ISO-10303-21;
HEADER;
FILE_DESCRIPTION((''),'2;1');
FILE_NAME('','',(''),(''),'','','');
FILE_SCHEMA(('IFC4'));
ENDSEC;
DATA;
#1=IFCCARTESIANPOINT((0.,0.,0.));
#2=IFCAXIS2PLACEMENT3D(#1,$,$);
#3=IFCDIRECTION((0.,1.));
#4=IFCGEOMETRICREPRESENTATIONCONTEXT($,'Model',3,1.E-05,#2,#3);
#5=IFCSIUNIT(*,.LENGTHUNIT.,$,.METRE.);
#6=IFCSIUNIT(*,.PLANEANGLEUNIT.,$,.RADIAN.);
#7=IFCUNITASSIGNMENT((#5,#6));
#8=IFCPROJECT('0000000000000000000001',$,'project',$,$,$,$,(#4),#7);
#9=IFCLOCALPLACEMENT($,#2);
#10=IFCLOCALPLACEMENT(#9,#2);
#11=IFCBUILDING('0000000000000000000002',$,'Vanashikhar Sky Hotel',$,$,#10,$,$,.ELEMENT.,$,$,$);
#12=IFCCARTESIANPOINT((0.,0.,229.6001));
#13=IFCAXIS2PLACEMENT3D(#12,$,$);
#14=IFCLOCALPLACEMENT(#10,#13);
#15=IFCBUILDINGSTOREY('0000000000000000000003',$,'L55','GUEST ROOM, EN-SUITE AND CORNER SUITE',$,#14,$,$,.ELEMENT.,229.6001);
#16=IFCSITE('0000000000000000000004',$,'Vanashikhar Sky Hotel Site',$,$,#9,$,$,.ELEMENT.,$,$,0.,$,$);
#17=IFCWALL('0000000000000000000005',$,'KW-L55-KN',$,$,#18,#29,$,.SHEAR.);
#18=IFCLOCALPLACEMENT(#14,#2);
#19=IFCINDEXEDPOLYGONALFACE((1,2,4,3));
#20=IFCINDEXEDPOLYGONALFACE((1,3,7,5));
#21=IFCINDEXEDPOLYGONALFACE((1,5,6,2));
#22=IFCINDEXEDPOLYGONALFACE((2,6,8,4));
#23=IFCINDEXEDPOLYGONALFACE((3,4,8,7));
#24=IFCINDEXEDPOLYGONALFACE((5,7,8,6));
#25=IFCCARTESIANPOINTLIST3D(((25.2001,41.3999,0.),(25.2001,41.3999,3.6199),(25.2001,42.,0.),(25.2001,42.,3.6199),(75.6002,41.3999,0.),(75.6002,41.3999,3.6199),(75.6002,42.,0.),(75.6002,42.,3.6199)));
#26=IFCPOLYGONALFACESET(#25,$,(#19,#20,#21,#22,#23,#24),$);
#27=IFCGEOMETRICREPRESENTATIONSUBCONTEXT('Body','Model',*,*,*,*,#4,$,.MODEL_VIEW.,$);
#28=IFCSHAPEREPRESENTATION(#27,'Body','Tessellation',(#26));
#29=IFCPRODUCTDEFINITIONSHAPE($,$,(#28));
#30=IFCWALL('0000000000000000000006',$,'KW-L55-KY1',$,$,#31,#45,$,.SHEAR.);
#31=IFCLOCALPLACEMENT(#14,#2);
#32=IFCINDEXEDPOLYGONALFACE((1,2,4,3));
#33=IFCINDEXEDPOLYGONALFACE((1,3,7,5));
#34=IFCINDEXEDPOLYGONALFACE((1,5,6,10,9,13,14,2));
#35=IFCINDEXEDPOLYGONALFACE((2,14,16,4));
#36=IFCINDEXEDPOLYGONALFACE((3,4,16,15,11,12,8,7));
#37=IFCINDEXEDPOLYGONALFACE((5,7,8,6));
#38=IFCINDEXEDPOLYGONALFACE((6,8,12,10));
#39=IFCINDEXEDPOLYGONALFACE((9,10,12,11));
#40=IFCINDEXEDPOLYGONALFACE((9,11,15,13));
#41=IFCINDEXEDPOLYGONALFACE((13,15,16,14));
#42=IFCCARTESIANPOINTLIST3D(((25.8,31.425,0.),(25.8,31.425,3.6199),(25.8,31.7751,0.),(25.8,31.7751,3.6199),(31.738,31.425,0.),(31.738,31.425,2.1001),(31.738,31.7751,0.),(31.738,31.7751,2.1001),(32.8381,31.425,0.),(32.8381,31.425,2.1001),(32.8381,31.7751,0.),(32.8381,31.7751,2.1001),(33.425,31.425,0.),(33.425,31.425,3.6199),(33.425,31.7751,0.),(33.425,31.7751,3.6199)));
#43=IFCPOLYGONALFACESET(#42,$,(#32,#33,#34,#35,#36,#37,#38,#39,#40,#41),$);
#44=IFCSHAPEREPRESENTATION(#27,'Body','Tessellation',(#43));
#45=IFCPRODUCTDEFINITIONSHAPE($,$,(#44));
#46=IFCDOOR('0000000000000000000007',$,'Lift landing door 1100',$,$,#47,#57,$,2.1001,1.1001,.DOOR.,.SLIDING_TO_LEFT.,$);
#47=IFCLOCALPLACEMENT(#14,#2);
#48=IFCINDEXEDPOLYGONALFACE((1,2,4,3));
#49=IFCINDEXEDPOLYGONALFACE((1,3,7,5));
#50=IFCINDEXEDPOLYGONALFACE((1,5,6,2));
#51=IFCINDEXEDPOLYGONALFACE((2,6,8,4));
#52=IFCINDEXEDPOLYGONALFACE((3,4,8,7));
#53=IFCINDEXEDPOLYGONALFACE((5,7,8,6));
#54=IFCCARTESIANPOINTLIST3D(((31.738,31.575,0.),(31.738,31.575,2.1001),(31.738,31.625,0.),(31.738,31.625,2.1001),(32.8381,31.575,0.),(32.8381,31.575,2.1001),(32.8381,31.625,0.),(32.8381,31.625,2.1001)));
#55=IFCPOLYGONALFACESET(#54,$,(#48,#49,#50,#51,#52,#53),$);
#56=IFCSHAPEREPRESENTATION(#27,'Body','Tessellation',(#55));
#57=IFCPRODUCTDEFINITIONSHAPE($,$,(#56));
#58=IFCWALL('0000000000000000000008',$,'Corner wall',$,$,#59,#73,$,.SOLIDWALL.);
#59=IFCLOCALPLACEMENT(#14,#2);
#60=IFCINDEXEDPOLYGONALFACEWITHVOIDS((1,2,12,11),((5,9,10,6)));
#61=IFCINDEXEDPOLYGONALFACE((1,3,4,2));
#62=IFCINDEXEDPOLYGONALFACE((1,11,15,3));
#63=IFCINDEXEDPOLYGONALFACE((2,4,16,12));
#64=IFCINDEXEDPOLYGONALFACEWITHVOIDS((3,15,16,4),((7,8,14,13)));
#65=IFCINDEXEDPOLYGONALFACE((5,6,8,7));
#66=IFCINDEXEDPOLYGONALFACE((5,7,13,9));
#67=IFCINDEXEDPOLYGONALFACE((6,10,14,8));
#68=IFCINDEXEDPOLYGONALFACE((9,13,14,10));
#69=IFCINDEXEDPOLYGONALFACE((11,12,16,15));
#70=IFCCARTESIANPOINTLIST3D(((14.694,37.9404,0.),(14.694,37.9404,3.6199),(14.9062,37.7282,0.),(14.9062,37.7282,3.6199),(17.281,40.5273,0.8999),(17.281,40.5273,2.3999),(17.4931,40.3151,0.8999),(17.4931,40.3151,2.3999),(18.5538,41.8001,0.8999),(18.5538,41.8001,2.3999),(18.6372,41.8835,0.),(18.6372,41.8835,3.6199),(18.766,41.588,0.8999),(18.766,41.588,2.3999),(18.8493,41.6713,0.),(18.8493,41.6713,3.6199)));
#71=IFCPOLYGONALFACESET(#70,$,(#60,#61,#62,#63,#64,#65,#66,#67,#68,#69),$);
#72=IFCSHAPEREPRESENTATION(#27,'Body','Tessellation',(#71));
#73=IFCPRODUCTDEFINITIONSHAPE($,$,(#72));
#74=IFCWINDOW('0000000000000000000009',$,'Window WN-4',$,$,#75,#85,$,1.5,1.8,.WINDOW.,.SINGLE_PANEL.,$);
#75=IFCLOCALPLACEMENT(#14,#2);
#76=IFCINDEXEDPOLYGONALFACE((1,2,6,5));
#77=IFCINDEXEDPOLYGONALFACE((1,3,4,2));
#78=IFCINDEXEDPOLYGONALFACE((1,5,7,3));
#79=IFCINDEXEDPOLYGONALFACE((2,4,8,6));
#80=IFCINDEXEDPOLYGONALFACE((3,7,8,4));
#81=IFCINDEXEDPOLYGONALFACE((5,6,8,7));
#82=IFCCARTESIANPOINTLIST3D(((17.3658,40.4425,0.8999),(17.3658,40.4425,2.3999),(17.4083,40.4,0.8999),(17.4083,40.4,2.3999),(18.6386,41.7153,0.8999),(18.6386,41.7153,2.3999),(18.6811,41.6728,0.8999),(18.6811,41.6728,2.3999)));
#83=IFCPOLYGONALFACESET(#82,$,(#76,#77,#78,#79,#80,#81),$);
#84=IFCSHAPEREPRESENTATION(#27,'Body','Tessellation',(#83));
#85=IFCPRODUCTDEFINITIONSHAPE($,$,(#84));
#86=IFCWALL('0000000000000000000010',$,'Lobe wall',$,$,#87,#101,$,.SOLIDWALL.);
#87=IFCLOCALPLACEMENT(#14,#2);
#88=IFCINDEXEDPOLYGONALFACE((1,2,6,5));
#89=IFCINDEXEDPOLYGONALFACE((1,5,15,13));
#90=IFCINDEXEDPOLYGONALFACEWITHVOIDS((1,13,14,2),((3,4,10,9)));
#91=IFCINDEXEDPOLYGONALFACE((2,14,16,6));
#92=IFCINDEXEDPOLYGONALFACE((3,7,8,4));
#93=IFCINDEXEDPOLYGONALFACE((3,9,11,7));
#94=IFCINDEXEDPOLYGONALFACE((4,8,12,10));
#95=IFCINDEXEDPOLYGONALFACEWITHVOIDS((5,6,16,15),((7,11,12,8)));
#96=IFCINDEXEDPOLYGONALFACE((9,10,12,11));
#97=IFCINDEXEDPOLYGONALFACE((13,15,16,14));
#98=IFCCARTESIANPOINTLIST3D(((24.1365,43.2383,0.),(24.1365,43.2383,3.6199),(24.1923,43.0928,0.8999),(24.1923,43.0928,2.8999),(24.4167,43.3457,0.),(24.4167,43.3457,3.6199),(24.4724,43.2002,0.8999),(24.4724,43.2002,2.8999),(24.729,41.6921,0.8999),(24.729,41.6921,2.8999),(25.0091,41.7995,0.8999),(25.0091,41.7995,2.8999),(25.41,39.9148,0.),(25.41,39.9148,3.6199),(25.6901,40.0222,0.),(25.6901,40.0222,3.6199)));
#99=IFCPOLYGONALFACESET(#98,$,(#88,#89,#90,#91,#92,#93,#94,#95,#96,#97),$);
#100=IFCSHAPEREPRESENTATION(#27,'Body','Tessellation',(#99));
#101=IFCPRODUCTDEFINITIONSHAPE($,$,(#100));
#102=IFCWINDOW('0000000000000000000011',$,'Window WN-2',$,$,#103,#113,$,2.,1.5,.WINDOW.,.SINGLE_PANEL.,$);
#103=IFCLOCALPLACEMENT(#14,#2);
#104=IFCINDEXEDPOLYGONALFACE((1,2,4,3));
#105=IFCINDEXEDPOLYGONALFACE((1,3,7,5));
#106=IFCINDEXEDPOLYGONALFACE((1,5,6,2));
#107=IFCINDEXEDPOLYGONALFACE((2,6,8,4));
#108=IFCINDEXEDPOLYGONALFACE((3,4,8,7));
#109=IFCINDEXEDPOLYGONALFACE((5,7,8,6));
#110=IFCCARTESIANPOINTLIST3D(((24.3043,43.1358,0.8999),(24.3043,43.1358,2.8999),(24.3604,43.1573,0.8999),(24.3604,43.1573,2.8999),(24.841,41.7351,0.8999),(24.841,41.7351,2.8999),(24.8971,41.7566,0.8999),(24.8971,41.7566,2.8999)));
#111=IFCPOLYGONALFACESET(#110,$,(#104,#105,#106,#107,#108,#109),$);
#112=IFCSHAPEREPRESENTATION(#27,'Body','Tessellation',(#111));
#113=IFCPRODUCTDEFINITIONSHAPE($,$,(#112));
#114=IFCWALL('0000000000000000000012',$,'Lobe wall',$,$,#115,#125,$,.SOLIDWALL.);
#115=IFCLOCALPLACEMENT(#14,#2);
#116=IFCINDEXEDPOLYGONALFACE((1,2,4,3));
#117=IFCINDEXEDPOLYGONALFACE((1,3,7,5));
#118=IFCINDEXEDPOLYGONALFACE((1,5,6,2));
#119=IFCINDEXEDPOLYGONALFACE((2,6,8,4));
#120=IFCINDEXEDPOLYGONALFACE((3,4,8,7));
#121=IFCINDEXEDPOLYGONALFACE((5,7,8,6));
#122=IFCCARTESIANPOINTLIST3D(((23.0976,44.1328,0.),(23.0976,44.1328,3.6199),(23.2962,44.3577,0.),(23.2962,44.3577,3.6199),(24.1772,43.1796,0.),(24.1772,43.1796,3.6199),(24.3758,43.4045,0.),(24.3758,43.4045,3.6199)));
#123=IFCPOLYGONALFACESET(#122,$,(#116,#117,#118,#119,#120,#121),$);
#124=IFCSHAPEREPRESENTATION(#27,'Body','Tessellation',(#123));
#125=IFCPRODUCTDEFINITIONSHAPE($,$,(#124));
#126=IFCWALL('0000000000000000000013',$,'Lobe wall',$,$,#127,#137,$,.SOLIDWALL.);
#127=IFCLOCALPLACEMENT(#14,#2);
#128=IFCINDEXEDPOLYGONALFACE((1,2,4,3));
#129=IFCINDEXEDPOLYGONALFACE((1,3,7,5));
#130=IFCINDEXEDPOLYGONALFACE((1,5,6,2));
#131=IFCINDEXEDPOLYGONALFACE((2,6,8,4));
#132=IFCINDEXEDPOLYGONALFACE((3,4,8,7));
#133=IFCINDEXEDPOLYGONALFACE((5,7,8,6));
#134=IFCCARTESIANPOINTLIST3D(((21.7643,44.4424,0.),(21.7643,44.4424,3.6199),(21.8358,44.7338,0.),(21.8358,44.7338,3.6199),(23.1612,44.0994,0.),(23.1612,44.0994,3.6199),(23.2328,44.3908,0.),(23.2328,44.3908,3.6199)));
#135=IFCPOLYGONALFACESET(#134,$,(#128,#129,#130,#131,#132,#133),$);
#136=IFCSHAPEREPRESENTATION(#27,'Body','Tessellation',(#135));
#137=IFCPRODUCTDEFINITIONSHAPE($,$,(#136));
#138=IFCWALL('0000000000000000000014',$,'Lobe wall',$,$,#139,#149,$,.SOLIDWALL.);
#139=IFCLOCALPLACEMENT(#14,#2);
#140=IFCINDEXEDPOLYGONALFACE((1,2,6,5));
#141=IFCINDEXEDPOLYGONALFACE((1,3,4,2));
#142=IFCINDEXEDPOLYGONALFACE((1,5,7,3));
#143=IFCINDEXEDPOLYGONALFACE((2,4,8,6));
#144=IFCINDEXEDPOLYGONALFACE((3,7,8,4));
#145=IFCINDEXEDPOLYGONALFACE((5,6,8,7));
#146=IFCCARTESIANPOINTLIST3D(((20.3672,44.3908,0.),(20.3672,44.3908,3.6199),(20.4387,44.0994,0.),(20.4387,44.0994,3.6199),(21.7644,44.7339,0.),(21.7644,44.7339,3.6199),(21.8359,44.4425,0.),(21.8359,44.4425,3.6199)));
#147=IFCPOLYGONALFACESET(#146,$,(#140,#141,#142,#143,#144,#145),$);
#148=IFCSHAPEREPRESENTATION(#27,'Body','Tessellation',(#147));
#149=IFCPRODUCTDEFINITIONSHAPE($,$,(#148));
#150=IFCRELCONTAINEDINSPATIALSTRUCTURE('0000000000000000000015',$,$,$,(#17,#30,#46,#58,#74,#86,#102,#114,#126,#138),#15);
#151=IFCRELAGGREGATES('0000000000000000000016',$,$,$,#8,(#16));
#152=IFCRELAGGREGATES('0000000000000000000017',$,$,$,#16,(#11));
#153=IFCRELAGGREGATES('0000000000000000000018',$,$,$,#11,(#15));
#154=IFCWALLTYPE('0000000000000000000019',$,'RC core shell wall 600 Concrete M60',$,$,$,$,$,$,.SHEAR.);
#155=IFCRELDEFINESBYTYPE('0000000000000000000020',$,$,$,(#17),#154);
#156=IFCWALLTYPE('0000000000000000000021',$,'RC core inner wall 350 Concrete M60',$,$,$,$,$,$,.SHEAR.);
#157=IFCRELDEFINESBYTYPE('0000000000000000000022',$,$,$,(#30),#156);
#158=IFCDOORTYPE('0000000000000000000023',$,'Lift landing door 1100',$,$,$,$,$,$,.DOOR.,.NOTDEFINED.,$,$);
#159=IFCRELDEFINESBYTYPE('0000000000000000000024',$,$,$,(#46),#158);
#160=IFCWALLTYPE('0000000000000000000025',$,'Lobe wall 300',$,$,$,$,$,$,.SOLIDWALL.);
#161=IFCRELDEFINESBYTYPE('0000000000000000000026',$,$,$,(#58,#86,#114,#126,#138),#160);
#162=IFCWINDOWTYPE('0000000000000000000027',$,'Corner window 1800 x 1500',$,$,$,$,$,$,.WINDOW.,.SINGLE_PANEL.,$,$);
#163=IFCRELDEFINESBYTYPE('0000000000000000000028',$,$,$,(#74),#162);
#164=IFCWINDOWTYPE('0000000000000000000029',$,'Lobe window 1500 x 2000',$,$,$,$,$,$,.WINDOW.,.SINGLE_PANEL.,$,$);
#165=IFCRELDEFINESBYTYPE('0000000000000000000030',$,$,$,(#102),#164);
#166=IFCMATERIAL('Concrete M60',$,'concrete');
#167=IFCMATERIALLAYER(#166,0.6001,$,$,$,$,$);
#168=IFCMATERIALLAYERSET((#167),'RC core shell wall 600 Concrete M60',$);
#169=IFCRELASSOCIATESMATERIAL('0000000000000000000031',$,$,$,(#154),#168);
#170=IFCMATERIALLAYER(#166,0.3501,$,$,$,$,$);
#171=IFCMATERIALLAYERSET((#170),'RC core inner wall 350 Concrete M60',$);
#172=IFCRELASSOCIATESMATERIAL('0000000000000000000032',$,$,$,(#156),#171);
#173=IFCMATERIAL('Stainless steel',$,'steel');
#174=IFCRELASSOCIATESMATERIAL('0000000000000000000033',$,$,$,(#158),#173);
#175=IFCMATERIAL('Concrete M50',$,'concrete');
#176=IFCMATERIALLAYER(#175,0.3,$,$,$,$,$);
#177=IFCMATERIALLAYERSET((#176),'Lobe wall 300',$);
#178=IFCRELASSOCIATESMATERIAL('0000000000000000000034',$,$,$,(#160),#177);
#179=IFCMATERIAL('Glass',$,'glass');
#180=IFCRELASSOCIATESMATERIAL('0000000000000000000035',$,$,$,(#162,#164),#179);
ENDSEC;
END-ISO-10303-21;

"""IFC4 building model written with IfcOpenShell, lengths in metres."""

from ifc_helpers import new_model, si_unit, direction, frame, frame_2d, origin, place, context, subcontext, project, spatial, rectangle, extrude, source, transform, mapped, material, layer, layer_set, type_object, element, fill, save


model = new_model("IFC4")

# Units and contexts
model_context = context("Model", 3, precision=1e-05, world=origin(), true_north=direction((0.0, 1.0)))
body_context = subcontext(model_context, "Body", "Model", "MODEL_VIEW")
ifc_project = project(units=[si_unit("LENGTHUNIT", "METRE"), si_unit("PLANEANGLEUNIT", "RADIAN")], contexts=[model_context])

# Site, building, storey
site_placement = place(None, origin())
site = spatial("IfcSite", under=ifc_project, at=site_placement, Name="Vanashikhar Sky Hotel Site", CompositionType="ELEMENT", RefElevation=0.0)
building_placement = place(site_placement, origin())
building = spatial("IfcBuilding", under=site, at=building_placement, Name="Vanashikhar Sky Hotel", CompositionType="ELEMENT")
storey_placement = place(building_placement, frame((0.0, 0.0, 229.6001)))
storey = spatial("IfcBuildingStorey", under=building, at=storey_placement, Name="L55", Description="GUEST ROOM, EN-SUITE AND CORNER SUITE", CompositionType="ELEMENT", Elevation=229.6001)

# Wall
ifc_material_1 = material(Name="Concrete M60", Category="concrete")
ifc_layer_1 = layer(ifc_material_1, 0.6001)
ifc_layer_set_1 = layer_set([ifc_layer_1], Name="RC core shell wall 600 Concrete M60")
wall_type_1 = type_object("IfcWallType", Name="RC core shell wall 600 Concrete M60", PredefinedType="SHEAR", material=ifc_layer_set_1)
shared_shape_1 = source(origin(), body_context, "Body", "SweptSolid", [
    extrude(rectangle(XDim=50.4001, YDim=0.6001, at=frame_2d((25.2002, 0.0))), origin(), (0.0, 0.0, 1.0), 3.6199),
])
wall_1_placement = place(storey_placement, frame((25.2, 41.7, 0.0), z_axis=(0.0, 0.0, 1.0), x_axis=(1.0, 0.0, 0.0)))
element("IfcWall", 1, at=wall_1_placement, inside=storey, type_object=wall_type_1, Name="KW-L55-KN", PredefinedType="SHEAR", context=body_context, shape_type="MappedRepresentation", body=[
    mapped(shared_shape_1, transform((0.0, 0.0, 0.0), scale=1.0)),
])

# Wall, opening, door
ifc_layer_2 = layer(ifc_material_1, 0.3501)
ifc_layer_set_2 = layer_set([ifc_layer_2], Name="RC core inner wall 350 Concrete M60")
wall_type_2 = type_object("IfcWallType", Name="RC core inner wall 350 Concrete M60", PredefinedType="SHEAR", material=ifc_layer_set_2)
shared_shape_2 = source(origin(), body_context, "Body", "SweptSolid", [
    extrude(rectangle(XDim=7.625, YDim=0.3501, at=frame_2d((3.8125, 0.0))), origin(), (0.0, 0.0, 1.0), 3.6199),
])
wall_2_placement = place(storey_placement, frame((25.8, 31.6001, 0.0), z_axis=(0.0, 0.0, 1.0), x_axis=(1.0, 0.0, 0.0)))
wall_2 = element("IfcWall", 2, at=wall_2_placement, inside=storey, type_object=wall_type_2, Name="KW-L55-KY1", PredefinedType="SHEAR", context=body_context, shape_type="MappedRepresentation", body=[
    mapped(shared_shape_2, transform((0.0, 0.0, 0.0), scale=1.0)),
])
shared_shape_3 = source(origin(), body_context, "Body", "SweptSolid", [
    extrude(rectangle(XDim=1.1001, YDim=2.1001, at=frame_2d((0.55, 1.05))), frame((0.0, 0.1851, 0.0), z_axis=(0.0, -1.0, 0.0), x_axis=(1.0, 0.0, 0.0)), (0.0, 0.0, 1.0), 0.3701),
])
opening_1_placement = place(wall_2_placement, frame((5.938, 0.0, 0.0)))
opening_1 = element("IfcOpeningElement", 3, at=opening_1_placement, cuts=wall_2, PredefinedType="OPENING", context=body_context, shape_type="MappedRepresentation", body=[
    mapped(shared_shape_3, transform((0.0, 0.0, 0.0), scale=1.0)),
])
ifc_material_2 = material(Name="Stainless steel", Category="steel")
door_type_1 = type_object("IfcDoorType", Name="Lift landing door 1100", OperationType="NOTDEFINED", PredefinedType="DOOR", material=ifc_material_2)
shared_shape_4 = source(origin(), body_context, "Body", "SweptSolid", [
    extrude(rectangle(XDim=1.1001, YDim=2.1001, at=frame_2d((0.55, 1.05))), frame((0.0, 0.0249, 0.0), z_axis=(0.0, -1.0, 0.0), x_axis=(1.0, 0.0, 0.0)), (0.0, 0.0, 1.0), 0.05),
])
door_1_placement = place(opening_1_placement, origin())
door_1 = element("IfcDoor", 4, at=door_1_placement, inside=storey, type_object=door_type_1, Name="Lift landing door 1100", OperationType="SLIDING_TO_LEFT", OverallHeight=2.1001, OverallWidth=1.1001, PredefinedType="DOOR", context=body_context, shape_type="MappedRepresentation", body=[
    mapped(shared_shape_4, transform((0.0, 0.0, 0.0), scale=1.0)),
])
fill(opening_1, door_1)

# Walls, openings, windows
ifc_material_3 = material(Name="Concrete M50", Category="concrete")
ifc_layer_3 = layer(ifc_material_3, 0.3)
ifc_layer_set_3 = layer_set([ifc_layer_3], Name="Lobe wall 300")
wall_type_3 = type_object("IfcWallType", Name="Lobe wall 300", PredefinedType="SOLIDWALL", material=ifc_layer_set_3)
shared_shape_5 = source(origin(), body_context, "Body", "SweptSolid", [
    extrude(rectangle(XDim=5.5764, YDim=0.3, at=frame_2d((2.7881, 0.0))), origin(), (0.0, 0.0, 1.0), 3.6199),
])
wall_3_placement = place(storey_placement, frame((18.7432, 41.7773, 0.0), z_axis=(0.0, 0.0, 1.0), x_axis=(-0.707107, -0.707107, 0.0)))
wall_3 = element("IfcWall", 5, at=wall_3_placement, inside=storey, type_object=wall_type_3, Name="Corner wall", PredefinedType="SOLIDWALL", context=body_context, shape_type="MappedRepresentation", body=[
    mapped(shared_shape_5, transform((0.0, 0.0, 0.0), scale=1.0)),
])
shared_shape_6 = source(origin(), body_context, "Body", "SweptSolid", [
    extrude(rectangle(XDim=1.8, YDim=1.5, at=frame_2d((0.8999, 0.75))), frame((0.0, 0.1602, 0.0), z_axis=(0.0, -1.0, 0.0), x_axis=(1.0, 0.0, 0.0)), (0.0, 0.0, 1.0), 0.3201),
])
opening_2_placement = place(wall_3_placement, frame((0.1179, 0.0, 0.8999)))
opening_2 = element("IfcOpeningElement", 6, at=opening_2_placement, cuts=wall_3, PredefinedType="OPENING", context=body_context, shape_type="MappedRepresentation", body=[
    mapped(shared_shape_6, transform((0.0, 0.0, 0.0), scale=1.0)),
])
ifc_material_4 = material(Name="Glass", Category="glass")
window_type_1 = type_object("IfcWindowType", Name="Corner window 1800 x 1500", PartitioningType="SINGLE_PANEL", PredefinedType="WINDOW", material=ifc_material_4)
shared_shape_7 = source(origin(), body_context, "Body", "SweptSolid", [
    extrude(rectangle(XDim=1.8, YDim=1.5, at=frame_2d((0.8999, 0.75))), frame((0.0, 0.03, 0.0), z_axis=(0.0, -1.0, 0.0), x_axis=(1.0, 0.0, 0.0)), (0.0, 0.0, 1.0), 0.0601),
])
window_1_placement = place(opening_2_placement, origin())
window_1 = element("IfcWindow", 7, at=window_1_placement, inside=storey, type_object=window_type_1, Name="Window WN-4", OverallHeight=1.5, OverallWidth=1.8, PartitioningType="SINGLE_PANEL", PredefinedType="WINDOW", context=body_context, shape_type="MappedRepresentation", body=[
    mapped(shared_shape_7, transform((0.0, 0.0, 0.0), scale=1.0)),
])
fill(opening_2, window_1)
shared_shape_8 = source(origin(), body_context, "Body", "SweptSolid", [
    extrude(rectangle(XDim=3.5591, YDim=0.3, at=frame_2d((1.7795, 0.0))), origin(), (0.0, 0.0, 1.0), 3.6199),
])
wall_4_placement = place(storey_placement, frame((25.55, 39.9685, 0.0), z_axis=(0.0, 0.0, 1.0), x_axis=(-0.357797, 0.933799, 0.0)))
wall_4 = element("IfcWall", 8, at=wall_4_placement, inside=storey, type_object=wall_type_3, Name="Lobe wall", PredefinedType="SOLIDWALL", context=body_context, shape_type="MappedRepresentation", body=[
    mapped(shared_shape_8, transform((0.0, 0.0, 0.0), scale=1.0)),
])
shared_shape_9 = source(origin(), body_context, "Body", "SweptSolid", [
    extrude(rectangle(XDim=1.5, YDim=2.0, at=frame_2d((0.75, 1.0))), frame((0.0, 0.1602, 0.0), z_axis=(0.0, -1.0, 0.0), x_axis=(1.0, 0.0, 0.0)), (0.0, 0.0, 1.0), 0.3201),
])
opening_3_placement = place(wall_4_placement, frame((1.9033, 0.0, 0.8999)))
opening_3 = element("IfcOpeningElement", 9, at=opening_3_placement, cuts=wall_4, PredefinedType="OPENING", context=body_context, shape_type="MappedRepresentation", body=[
    mapped(shared_shape_9, transform((0.0, 0.0, 0.0), scale=1.0)),
])
window_type_2 = type_object("IfcWindowType", Name="Lobe window 1500 x 2000", PartitioningType="SINGLE_PANEL", PredefinedType="WINDOW", material=ifc_material_4)
shared_shape_10 = source(origin(), body_context, "Body", "SweptSolid", [
    extrude(rectangle(XDim=1.5, YDim=2.0, at=frame_2d((0.75, 1.0))), frame((0.0, 0.03, 0.0), z_axis=(0.0, -1.0, 0.0), x_axis=(1.0, 0.0, 0.0)), (0.0, 0.0, 1.0), 0.0601),
])
window_2_placement = place(opening_3_placement, origin())
window_2 = element("IfcWindow", 10, at=window_2_placement, inside=storey, type_object=window_type_2, Name="Window WN-2", OverallHeight=2.0, OverallWidth=1.5, PartitioningType="SINGLE_PANEL", PredefinedType="WINDOW", context=body_context, shape_type="MappedRepresentation", body=[
    mapped(shared_shape_10, transform((0.0, 0.0, 0.0), scale=1.0)),
])
fill(opening_3, window_2)

# Walls
shared_shape_11 = source(origin(), body_context, "Body", "SweptSolid", [
    extrude(rectangle(XDim=1.4402, YDim=0.3, at=frame_2d((0.7202, 0.0))), origin(), (0.0, 0.0, 1.0), 3.6199),
])
wall_5_placement = place(storey_placement, frame((24.2766, 43.292, 0.0), z_axis=(0.0, 0.0, 1.0), x_axis=(-0.74965, 0.661835, 0.0)))
element("IfcWall", 11, at=wall_5_placement, inside=storey, type_object=wall_type_3, Name="Lobe wall", PredefinedType="SOLIDWALL", context=body_context, shape_type="MappedRepresentation", body=[
    mapped(shared_shape_11, transform((0.0, 0.0, 0.0), scale=1.0)),
])
shared_shape_12 = source(origin(), body_context, "Body", "SweptSolid", [
    extrude(rectangle(XDim=1.4385, YDim=0.3, at=frame_2d((0.7192, 0.0))), origin(), (0.0, 0.0, 1.0), 3.6199),
])
wall_6_placement = place(storey_placement, frame((23.197, 44.2451, 0.0), z_axis=(0.0, 0.0, 1.0), x_axis=(-0.971152, 0.23846, 0.0)))
element("IfcWall", 12, at=wall_6_placement, inside=storey, type_object=wall_type_3, Name="Lobe wall", PredefinedType="SOLIDWALL", context=body_context, shape_type="MappedRepresentation", body=[
    mapped(shared_shape_12, transform((0.0, 0.0, 0.0), scale=1.0)),
])
shared_shape_13 = source(origin(), body_context, "Body", "SweptSolid", [
    extrude(rectangle(XDim=1.4387, YDim=0.3, at=frame_2d((0.7192, 0.0))), origin(), (0.0, 0.0, 1.0), 3.6199),
])
wall_7_placement = place(storey_placement, frame((21.8, 44.5881, 0.0), z_axis=(0.0, 0.0, 1.0), x_axis=(-0.971162, -0.238421, 0.0)))
element("IfcWall", 13, at=wall_7_placement, inside=storey, type_object=wall_type_3, Name="Lobe wall", PredefinedType="SOLIDWALL", context=body_context, shape_type="MappedRepresentation", body=[
    mapped(shared_shape_13, transform((0.0, 0.0, 0.0), scale=1.0)),
])

save(model, "model.ifc")
